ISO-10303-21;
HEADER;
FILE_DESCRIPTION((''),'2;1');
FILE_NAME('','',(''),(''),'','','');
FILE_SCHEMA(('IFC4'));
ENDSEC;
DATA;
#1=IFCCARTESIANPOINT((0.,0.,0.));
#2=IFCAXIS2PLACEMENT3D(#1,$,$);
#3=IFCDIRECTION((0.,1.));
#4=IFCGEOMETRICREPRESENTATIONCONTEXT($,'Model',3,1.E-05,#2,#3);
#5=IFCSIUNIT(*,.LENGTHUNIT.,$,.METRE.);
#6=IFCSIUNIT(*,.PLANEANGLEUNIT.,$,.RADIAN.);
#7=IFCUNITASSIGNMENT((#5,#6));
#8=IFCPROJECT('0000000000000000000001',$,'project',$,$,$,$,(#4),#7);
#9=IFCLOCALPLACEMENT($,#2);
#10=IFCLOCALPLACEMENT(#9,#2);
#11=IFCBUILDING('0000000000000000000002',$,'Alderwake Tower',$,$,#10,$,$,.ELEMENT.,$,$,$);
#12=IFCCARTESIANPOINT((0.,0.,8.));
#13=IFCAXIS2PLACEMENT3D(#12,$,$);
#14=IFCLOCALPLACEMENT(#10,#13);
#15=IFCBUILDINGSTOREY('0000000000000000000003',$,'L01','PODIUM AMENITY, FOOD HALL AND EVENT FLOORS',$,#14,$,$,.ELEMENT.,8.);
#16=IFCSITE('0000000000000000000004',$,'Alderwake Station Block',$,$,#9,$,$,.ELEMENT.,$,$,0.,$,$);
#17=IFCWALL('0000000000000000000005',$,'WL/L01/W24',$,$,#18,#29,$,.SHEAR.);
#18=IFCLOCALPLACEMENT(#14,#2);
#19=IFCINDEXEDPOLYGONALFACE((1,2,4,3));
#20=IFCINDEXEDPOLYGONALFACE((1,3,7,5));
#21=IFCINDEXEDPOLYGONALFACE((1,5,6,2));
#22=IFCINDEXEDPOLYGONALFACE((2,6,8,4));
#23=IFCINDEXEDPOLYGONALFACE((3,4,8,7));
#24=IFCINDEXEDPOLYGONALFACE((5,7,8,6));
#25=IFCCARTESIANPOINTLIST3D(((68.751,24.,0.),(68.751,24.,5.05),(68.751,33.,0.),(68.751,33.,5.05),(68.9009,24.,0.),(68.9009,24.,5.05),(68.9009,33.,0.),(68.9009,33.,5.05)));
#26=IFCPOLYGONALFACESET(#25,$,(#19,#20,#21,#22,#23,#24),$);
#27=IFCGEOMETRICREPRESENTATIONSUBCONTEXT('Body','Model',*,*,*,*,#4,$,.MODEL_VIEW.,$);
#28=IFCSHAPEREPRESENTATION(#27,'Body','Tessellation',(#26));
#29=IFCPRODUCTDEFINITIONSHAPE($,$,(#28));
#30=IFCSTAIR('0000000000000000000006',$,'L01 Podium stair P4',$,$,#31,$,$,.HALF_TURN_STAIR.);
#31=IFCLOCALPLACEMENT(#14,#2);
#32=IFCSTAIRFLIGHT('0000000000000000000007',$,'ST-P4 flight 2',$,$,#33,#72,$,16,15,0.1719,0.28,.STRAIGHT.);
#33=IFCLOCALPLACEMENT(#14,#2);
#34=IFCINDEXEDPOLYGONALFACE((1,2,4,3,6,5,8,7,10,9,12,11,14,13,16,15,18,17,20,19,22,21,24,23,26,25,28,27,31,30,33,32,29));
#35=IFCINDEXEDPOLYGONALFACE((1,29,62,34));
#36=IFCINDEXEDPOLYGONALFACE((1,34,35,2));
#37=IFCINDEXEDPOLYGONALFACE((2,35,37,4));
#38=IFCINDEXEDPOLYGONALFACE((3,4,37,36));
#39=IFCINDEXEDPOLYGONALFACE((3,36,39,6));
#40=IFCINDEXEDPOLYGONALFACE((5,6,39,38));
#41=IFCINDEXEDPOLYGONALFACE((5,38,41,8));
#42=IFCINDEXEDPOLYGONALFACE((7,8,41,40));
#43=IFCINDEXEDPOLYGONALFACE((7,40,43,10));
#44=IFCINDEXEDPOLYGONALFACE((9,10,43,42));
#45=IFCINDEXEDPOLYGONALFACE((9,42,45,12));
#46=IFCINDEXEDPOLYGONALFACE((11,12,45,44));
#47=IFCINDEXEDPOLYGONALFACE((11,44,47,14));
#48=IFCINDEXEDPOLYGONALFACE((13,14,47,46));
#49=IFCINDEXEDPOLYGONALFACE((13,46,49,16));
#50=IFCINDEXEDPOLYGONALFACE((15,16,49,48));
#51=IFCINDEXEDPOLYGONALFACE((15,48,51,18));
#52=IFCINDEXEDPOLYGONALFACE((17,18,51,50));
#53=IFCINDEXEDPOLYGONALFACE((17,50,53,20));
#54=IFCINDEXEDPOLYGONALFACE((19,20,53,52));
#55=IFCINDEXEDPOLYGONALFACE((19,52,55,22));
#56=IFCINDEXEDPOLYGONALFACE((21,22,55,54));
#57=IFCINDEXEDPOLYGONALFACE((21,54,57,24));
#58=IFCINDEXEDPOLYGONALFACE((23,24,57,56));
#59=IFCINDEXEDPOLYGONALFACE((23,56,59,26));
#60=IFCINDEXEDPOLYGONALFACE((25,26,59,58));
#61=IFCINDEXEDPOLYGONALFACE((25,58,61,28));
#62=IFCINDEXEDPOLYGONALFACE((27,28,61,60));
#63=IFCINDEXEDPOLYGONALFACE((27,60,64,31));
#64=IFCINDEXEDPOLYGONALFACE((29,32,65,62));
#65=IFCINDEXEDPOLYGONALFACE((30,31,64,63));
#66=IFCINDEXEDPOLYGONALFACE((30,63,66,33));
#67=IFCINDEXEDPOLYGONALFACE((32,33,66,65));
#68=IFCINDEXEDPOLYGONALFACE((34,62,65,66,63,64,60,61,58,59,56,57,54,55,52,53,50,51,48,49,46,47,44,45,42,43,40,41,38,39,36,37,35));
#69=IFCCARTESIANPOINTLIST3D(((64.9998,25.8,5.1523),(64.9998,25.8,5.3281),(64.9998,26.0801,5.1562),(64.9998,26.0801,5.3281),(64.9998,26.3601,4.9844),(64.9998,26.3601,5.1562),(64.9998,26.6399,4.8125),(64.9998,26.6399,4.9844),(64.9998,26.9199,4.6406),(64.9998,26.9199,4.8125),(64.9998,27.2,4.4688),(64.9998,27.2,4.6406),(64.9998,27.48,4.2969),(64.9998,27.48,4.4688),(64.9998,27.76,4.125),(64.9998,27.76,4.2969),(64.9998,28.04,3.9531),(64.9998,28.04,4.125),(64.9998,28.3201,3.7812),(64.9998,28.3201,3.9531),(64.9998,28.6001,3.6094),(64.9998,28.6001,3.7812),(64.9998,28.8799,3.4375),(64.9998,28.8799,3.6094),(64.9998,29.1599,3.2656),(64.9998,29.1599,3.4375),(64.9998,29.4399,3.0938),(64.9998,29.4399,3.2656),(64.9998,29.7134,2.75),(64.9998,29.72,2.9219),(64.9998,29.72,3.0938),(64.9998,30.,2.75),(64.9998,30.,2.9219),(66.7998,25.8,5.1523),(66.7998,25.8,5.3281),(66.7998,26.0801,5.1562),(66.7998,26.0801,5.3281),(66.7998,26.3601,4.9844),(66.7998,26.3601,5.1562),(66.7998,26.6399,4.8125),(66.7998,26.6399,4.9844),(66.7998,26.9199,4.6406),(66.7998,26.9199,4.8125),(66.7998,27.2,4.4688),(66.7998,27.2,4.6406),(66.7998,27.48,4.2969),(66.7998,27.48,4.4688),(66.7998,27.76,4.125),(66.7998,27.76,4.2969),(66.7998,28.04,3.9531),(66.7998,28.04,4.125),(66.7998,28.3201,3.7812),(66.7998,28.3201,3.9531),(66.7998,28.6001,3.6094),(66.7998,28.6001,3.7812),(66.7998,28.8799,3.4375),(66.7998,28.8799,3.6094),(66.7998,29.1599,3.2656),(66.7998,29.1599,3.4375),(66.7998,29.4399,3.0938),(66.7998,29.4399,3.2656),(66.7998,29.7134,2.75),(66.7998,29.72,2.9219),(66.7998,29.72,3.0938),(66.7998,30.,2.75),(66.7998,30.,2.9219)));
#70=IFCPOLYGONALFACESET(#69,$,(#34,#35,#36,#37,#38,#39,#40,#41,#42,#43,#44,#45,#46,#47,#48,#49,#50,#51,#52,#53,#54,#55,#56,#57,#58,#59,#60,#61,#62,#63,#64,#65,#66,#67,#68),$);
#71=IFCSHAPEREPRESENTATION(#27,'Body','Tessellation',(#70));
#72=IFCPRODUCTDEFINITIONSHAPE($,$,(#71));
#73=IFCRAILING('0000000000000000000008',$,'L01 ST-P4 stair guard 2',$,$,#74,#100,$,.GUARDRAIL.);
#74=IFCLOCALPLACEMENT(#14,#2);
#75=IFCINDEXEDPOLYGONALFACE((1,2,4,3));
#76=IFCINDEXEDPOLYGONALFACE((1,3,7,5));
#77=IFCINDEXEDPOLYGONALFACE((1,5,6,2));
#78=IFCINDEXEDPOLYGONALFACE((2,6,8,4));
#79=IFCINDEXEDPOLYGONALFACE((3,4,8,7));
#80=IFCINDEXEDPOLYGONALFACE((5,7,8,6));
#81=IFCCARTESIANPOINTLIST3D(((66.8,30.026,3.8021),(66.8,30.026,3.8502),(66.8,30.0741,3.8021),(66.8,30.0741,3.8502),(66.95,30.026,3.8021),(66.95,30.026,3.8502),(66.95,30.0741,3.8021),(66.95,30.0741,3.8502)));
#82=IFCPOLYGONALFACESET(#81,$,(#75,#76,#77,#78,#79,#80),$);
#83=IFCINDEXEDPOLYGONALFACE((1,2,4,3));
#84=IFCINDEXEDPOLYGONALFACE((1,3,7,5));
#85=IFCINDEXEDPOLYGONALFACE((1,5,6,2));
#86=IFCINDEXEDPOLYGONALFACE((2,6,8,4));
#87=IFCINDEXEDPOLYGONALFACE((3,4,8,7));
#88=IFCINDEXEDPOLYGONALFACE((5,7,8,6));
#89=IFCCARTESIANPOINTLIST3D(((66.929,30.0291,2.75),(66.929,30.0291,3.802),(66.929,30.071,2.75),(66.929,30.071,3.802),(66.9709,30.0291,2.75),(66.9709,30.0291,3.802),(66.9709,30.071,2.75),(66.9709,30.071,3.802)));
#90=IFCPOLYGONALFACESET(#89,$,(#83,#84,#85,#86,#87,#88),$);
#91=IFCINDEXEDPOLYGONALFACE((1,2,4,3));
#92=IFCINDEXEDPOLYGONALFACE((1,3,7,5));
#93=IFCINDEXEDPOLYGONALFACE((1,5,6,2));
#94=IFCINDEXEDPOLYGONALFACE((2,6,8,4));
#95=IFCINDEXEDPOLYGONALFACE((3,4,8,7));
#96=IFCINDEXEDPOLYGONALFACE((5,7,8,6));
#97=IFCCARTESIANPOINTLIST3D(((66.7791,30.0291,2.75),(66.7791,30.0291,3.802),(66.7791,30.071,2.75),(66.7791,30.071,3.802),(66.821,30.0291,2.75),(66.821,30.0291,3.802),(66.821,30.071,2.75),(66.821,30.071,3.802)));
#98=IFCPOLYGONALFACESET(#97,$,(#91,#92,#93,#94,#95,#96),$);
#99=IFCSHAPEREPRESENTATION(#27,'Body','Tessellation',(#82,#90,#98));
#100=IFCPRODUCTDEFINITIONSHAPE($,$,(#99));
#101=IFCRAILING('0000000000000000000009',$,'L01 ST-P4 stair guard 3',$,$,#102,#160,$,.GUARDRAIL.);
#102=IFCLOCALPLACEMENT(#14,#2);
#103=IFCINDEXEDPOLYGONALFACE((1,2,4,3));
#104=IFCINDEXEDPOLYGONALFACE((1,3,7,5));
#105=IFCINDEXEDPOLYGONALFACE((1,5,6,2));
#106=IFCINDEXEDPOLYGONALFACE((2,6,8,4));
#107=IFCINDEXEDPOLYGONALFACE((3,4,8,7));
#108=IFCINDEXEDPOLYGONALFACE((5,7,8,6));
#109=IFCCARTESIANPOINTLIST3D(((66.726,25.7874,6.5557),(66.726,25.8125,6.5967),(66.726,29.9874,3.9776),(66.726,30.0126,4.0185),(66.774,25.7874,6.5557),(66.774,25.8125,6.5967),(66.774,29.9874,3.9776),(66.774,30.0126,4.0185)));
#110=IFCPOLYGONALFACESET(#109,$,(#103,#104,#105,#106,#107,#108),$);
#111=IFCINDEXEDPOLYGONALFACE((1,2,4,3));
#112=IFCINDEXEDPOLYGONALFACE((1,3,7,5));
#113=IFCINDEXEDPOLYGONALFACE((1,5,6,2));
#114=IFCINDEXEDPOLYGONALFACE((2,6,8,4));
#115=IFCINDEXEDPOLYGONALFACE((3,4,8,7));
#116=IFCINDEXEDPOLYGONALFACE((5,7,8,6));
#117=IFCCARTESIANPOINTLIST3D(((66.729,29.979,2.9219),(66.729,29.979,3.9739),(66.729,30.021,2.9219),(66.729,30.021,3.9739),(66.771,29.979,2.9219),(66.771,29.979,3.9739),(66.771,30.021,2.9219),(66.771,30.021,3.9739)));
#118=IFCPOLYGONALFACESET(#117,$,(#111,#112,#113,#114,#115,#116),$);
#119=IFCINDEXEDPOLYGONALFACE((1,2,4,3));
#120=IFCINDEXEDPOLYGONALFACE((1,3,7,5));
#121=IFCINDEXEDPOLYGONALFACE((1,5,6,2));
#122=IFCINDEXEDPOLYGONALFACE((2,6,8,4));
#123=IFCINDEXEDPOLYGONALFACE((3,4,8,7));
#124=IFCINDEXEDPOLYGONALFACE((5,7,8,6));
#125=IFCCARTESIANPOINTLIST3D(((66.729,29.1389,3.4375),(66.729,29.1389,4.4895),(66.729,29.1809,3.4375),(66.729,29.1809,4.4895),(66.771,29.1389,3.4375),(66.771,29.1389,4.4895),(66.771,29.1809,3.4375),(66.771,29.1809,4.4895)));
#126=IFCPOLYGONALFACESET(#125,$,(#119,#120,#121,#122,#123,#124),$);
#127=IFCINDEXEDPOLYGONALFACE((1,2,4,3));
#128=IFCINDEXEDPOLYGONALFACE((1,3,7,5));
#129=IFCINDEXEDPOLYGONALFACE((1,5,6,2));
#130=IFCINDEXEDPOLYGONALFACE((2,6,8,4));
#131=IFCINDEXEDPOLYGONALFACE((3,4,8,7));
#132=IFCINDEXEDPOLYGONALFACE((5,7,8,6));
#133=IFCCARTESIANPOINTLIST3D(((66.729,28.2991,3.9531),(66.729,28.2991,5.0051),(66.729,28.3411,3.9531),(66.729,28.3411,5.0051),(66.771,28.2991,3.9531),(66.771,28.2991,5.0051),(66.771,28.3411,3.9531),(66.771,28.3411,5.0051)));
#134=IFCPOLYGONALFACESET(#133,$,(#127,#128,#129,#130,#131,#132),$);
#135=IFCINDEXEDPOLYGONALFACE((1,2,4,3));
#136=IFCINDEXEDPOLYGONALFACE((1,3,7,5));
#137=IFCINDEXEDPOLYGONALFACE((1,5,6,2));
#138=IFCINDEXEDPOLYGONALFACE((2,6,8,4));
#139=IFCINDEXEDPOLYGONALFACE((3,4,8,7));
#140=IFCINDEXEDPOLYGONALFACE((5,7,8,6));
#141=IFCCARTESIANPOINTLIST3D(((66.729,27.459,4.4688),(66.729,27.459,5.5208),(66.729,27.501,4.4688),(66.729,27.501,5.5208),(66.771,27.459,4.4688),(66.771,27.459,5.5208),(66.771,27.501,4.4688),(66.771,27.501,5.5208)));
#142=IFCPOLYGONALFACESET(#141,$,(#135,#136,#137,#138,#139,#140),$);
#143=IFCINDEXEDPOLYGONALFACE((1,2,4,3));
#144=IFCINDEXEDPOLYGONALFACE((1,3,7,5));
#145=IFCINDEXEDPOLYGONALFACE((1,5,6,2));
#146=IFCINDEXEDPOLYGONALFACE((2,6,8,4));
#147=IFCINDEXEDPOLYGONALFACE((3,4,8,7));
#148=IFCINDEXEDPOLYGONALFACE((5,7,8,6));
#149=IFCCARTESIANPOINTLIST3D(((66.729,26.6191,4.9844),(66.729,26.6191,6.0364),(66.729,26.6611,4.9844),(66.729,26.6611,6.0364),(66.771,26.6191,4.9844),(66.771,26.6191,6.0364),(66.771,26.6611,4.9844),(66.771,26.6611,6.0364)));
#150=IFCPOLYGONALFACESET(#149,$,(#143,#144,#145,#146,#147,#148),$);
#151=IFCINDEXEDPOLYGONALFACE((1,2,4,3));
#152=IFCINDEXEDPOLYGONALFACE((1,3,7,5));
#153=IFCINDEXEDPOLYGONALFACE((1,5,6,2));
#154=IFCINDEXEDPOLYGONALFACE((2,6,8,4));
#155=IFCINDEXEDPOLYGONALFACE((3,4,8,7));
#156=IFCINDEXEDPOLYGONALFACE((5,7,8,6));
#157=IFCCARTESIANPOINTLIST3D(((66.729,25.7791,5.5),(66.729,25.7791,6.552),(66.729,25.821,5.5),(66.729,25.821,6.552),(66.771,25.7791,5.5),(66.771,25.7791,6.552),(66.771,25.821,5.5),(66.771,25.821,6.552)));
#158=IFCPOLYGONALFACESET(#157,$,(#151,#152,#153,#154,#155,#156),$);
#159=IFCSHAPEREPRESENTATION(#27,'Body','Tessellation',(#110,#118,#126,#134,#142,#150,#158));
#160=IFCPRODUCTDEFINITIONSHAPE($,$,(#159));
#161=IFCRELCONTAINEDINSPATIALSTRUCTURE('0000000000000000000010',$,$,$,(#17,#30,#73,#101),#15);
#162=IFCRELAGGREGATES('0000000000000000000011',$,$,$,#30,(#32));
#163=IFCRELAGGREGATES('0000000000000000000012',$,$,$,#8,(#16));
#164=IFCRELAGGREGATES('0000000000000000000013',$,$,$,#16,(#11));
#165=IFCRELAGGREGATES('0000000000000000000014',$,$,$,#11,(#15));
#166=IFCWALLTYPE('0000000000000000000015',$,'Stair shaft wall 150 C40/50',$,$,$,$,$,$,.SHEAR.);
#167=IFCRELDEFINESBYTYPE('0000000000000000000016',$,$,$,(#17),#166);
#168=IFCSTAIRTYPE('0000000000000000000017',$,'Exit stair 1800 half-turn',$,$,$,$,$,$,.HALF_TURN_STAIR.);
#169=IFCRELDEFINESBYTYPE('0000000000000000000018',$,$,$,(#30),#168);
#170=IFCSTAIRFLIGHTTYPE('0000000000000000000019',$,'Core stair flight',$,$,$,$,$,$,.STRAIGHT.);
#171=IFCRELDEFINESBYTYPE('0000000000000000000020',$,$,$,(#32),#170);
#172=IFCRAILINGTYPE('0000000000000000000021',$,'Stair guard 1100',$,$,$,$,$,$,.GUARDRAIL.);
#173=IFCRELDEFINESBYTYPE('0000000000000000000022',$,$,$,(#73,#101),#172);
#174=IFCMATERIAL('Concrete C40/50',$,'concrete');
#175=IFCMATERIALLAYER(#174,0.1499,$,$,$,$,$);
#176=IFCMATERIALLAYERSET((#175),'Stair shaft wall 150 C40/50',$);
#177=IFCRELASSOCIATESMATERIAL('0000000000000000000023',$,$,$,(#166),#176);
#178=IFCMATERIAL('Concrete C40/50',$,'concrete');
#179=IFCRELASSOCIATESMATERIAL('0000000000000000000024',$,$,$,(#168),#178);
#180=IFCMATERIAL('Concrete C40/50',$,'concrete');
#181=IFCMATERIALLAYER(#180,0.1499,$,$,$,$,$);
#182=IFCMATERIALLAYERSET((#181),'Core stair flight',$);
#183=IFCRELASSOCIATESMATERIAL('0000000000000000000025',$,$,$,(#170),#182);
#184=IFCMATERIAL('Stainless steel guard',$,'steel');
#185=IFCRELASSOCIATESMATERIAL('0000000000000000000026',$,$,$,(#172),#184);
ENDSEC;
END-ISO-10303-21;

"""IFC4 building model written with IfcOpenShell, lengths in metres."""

from ifc_helpers import new_model, si_unit, direction, frame, frame_2d, origin, origin_2d, place, context, subcontext, project, spatial, polyline, rectangle, outline, extrude, material, layer, layer_set, type_object, element, aggregate, save


model = new_model("IFC4")

# Units and contexts
model_context = context("Model", 3, precision=1e-05, world=origin(), true_north=direction((0.0, 1.0)))
body_context = subcontext(model_context, "Body", "Model", "MODEL_VIEW")
ifc_project = project(units=[si_unit("LENGTHUNIT", "METRE"), si_unit("PLANEANGLEUNIT", "RADIAN")], contexts=[model_context])

# Site, building, storey
site_placement = place(None, origin())
site = spatial("IfcSite", under=ifc_project, at=site_placement, Name="Alderwake Station Block", CompositionType="ELEMENT", RefElevation=0.0)
building_placement = place(site_placement, origin())
building = spatial("IfcBuilding", under=site, at=building_placement, Name="Alderwake Tower", CompositionType="ELEMENT")
storey_placement = place(building_placement, frame((0.0, 0.0, 8.0)))
storey = spatial("IfcBuildingStorey", under=building, at=storey_placement, Name="L01", Description="PODIUM AMENITY, FOOD HALL AND EVENT FLOORS", CompositionType="ELEMENT", Elevation=8.0)

# Wall
ifc_material_1 = material(Name="Concrete C40/50", Category="concrete")
ifc_layer_1 = layer(ifc_material_1, 0.1499)
ifc_layer_set_1 = layer_set([ifc_layer_1], Name="Stair shaft wall 150 C40/50")
wall_type_1 = type_object("IfcWallType", Name="Stair shaft wall 150 C40/50", PredefinedType="SHEAR", material=ifc_layer_set_1)
wall_1_placement = place(storey_placement, frame((68.8259, 33.0, 0.0), z_axis=(0.0, 0.0, 1.0), x_axis=(0.0, -1.0, 0.0)))
element("IfcWall", 1, at=wall_1_placement, inside=storey, type_object=wall_type_1, Name="WL/L01/W24", PredefinedType="SHEAR", context=body_context, shape_type="SweptSolid", body=[
    extrude(rectangle(XDim=9.0, YDim=0.1499, at=frame_2d((4.5, 0.0))), origin(), (0.0, 0.0, 1.0), 5.05),
])

# Stair, stair flight
ifc_material_2 = material(Name="Concrete C40/50", Category="concrete")
stair_type = type_object("IfcStairType", Name="Exit stair 1800 half-turn", PredefinedType="HALF_TURN_STAIR", material=ifc_material_2)
stair_placement = place(storey_placement, origin())
stair = element("IfcStair", 2, at=stair_placement, inside=storey, type_object=stair_type, Name="L01 Podium stair P4", PredefinedType="HALF_TURN_STAIR")
ifc_material_3 = material(Name="Concrete C40/50", Category="concrete")
ifc_layer_2 = layer(ifc_material_3, 0.1499)
ifc_layer_set_2 = layer_set([ifc_layer_2], Name="Core stair flight")
stair_flight_type = type_object("IfcStairFlightType", Name="Core stair flight", PredefinedType="STRAIGHT", material=ifc_layer_set_2)
stair_flight_placement = place(storey_placement, frame((65.8999, 30.0, 2.75), z_axis=(0.0, 0.0, 1.0), x_axis=(0.0, -1.0, 0.0)))
stair_flight = element("IfcStairFlight", 3, at=stair_flight_placement, type_object=stair_flight_type, Name="ST-P4 flight 2", NumberOfRisers=16, NumberOfTreads=15, PredefinedType="STRAIGHT", RiserHeight=0.1719, TreadLength=0.28, context=body_context, shape_type="SweptSolid", body=[
    extrude(outline(polyline([(0.0, 0.0), (0.0, 0.1719), (0.28, 0.1719), (0.28, 0.3438), (0.5601, 0.3438), (0.5601, 0.5156), (0.8401, 0.5156), (0.8401, 0.6875), (1.1201, 0.6875), (1.1201, 0.8594), (1.3999, 0.8594), (1.3999, 1.0312), (1.6799, 1.0312), (1.6799, 1.2031), (1.96, 1.2031), (1.96, 1.375), (2.24, 1.375), (2.24, 1.5469), (2.52, 1.5469), (2.52, 1.7188), (2.8, 1.7188), (2.8, 1.8906), (3.0801, 1.8906), (3.0801, 2.0625), (3.3601, 2.0625), (3.3601, 2.2344), (3.6399, 2.2344), (3.6399, 2.4062), (3.9199, 2.4062), (3.9199, 2.5781), (4.2, 2.5781), (4.2, 2.75), (4.2, 2.4023), (0.2866, 0.0), (0.0, 0.0)])), frame((0.0, 0.8999, 0.0), z_axis=(0.0, -1.0, 0.0), x_axis=(1.0, 0.0, 0.0)), (0.0, 0.0, 1.0), 1.8),
])
aggregate(stair, [stair_flight])

# Railings
ifc_material_4 = material(Name="Stainless steel guard", Category="steel")
railing_type_1 = type_object("IfcRailingType", Name="Stair guard 1100", PredefinedType="GUARDRAIL", material=ifc_material_4)
railing_1_placement = place(storey_placement, frame((66.95, 30.05, 2.75)))
element("IfcRailing", 4, at=railing_1_placement, inside=storey, type_object=railing_type_1, Name="L01 ST-P4 stair guard 2", PredefinedType="GUARDRAIL", context=body_context, shape_type="SweptSolid", body=[
    extrude(rectangle(XDim=0.0481, YDim=0.0481, at=origin_2d()), frame((0.0, 0.0, 1.0762), z_axis=(-1.0, 0.0, 0.0), x_axis=(0.0, -1.0, 0.0)), (0.0, 0.0, 1.0), 0.1499),
    extrude(rectangle(XDim=0.042, YDim=0.042, at=origin_2d()), frame((0.0, 0.0, 0.0), z_axis=(0.0, 0.0, 1.0), x_axis=(-1.0, 0.0, 0.0)), (0.0, 0.0, 1.0), 1.052),
    extrude(rectangle(XDim=0.042, YDim=0.042, at=origin_2d()), frame((-0.1499, 0.0, 0.0), z_axis=(0.0, 0.0, 1.0), x_axis=(-1.0, 0.0, 0.0)), (0.0, 0.0, 1.0), 1.052),
])
railing_2_placement = place(storey_placement, frame((66.75, 30.0, 2.9219)))
element("IfcRailing", 5, at=railing_2_placement, inside=storey, type_object=railing_type_1, Name="L01 ST-P4 stair guard 3", PredefinedType="GUARDRAIL", context=body_context, shape_type="SweptSolid", body=[
    extrude(rectangle(XDim=0.0481, YDim=0.0481, at=origin_2d()), frame((0.0, 0.0, 1.0762), z_axis=(0.0, -0.852243, 0.523146), x_axis=(1.0, 0.0, 0.0)), (0.0, 0.0, 1.0), 4.9282),
    extrude(rectangle(XDim=0.042, YDim=0.042, at=origin_2d()), frame((0.0, 0.0, 0.0), z_axis=(0.0, 0.0, 1.0), x_axis=(0.0, -1.0, 0.0)), (0.0, 0.0, 1.0), 1.052),
    extrude(rectangle(XDim=0.042, YDim=0.042, at=origin_2d()), frame((0.0, -0.8401, 0.5156), z_axis=(0.0, 0.0, 1.0), x_axis=(0.0, -1.0, 0.0)), (0.0, 0.0, 1.0), 1.052),
    extrude(rectangle(XDim=0.042, YDim=0.042, at=origin_2d()), frame((0.0, -1.6799, 1.0312), z_axis=(0.0, 0.0, 1.0), x_axis=(0.0, -1.0, 0.0)), (0.0, 0.0, 1.0), 1.052),
    extrude(rectangle(XDim=0.042, YDim=0.042, at=origin_2d()), frame((0.0, -2.52, 1.5469), z_axis=(0.0, 0.0, 1.0), x_axis=(0.0, -1.0, 0.0)), (0.0, 0.0, 1.0), 1.052),
    extrude(rectangle(XDim=0.042, YDim=0.042, at=origin_2d()), frame((0.0, -3.3599, 2.0625), z_axis=(0.0, 0.0, 1.0), x_axis=(0.0, -1.0, 0.0)), (0.0, 0.0, 1.0), 1.052),
    extrude(rectangle(XDim=0.042, YDim=0.042, at=origin_2d()), frame((0.0, -4.2, 2.5781), z_axis=(0.0, 0.0, 1.0), x_axis=(0.0, -1.0, 0.0)), (0.0, 0.0, 1.0), 1.052),
])

save(model, "model.ifc")
